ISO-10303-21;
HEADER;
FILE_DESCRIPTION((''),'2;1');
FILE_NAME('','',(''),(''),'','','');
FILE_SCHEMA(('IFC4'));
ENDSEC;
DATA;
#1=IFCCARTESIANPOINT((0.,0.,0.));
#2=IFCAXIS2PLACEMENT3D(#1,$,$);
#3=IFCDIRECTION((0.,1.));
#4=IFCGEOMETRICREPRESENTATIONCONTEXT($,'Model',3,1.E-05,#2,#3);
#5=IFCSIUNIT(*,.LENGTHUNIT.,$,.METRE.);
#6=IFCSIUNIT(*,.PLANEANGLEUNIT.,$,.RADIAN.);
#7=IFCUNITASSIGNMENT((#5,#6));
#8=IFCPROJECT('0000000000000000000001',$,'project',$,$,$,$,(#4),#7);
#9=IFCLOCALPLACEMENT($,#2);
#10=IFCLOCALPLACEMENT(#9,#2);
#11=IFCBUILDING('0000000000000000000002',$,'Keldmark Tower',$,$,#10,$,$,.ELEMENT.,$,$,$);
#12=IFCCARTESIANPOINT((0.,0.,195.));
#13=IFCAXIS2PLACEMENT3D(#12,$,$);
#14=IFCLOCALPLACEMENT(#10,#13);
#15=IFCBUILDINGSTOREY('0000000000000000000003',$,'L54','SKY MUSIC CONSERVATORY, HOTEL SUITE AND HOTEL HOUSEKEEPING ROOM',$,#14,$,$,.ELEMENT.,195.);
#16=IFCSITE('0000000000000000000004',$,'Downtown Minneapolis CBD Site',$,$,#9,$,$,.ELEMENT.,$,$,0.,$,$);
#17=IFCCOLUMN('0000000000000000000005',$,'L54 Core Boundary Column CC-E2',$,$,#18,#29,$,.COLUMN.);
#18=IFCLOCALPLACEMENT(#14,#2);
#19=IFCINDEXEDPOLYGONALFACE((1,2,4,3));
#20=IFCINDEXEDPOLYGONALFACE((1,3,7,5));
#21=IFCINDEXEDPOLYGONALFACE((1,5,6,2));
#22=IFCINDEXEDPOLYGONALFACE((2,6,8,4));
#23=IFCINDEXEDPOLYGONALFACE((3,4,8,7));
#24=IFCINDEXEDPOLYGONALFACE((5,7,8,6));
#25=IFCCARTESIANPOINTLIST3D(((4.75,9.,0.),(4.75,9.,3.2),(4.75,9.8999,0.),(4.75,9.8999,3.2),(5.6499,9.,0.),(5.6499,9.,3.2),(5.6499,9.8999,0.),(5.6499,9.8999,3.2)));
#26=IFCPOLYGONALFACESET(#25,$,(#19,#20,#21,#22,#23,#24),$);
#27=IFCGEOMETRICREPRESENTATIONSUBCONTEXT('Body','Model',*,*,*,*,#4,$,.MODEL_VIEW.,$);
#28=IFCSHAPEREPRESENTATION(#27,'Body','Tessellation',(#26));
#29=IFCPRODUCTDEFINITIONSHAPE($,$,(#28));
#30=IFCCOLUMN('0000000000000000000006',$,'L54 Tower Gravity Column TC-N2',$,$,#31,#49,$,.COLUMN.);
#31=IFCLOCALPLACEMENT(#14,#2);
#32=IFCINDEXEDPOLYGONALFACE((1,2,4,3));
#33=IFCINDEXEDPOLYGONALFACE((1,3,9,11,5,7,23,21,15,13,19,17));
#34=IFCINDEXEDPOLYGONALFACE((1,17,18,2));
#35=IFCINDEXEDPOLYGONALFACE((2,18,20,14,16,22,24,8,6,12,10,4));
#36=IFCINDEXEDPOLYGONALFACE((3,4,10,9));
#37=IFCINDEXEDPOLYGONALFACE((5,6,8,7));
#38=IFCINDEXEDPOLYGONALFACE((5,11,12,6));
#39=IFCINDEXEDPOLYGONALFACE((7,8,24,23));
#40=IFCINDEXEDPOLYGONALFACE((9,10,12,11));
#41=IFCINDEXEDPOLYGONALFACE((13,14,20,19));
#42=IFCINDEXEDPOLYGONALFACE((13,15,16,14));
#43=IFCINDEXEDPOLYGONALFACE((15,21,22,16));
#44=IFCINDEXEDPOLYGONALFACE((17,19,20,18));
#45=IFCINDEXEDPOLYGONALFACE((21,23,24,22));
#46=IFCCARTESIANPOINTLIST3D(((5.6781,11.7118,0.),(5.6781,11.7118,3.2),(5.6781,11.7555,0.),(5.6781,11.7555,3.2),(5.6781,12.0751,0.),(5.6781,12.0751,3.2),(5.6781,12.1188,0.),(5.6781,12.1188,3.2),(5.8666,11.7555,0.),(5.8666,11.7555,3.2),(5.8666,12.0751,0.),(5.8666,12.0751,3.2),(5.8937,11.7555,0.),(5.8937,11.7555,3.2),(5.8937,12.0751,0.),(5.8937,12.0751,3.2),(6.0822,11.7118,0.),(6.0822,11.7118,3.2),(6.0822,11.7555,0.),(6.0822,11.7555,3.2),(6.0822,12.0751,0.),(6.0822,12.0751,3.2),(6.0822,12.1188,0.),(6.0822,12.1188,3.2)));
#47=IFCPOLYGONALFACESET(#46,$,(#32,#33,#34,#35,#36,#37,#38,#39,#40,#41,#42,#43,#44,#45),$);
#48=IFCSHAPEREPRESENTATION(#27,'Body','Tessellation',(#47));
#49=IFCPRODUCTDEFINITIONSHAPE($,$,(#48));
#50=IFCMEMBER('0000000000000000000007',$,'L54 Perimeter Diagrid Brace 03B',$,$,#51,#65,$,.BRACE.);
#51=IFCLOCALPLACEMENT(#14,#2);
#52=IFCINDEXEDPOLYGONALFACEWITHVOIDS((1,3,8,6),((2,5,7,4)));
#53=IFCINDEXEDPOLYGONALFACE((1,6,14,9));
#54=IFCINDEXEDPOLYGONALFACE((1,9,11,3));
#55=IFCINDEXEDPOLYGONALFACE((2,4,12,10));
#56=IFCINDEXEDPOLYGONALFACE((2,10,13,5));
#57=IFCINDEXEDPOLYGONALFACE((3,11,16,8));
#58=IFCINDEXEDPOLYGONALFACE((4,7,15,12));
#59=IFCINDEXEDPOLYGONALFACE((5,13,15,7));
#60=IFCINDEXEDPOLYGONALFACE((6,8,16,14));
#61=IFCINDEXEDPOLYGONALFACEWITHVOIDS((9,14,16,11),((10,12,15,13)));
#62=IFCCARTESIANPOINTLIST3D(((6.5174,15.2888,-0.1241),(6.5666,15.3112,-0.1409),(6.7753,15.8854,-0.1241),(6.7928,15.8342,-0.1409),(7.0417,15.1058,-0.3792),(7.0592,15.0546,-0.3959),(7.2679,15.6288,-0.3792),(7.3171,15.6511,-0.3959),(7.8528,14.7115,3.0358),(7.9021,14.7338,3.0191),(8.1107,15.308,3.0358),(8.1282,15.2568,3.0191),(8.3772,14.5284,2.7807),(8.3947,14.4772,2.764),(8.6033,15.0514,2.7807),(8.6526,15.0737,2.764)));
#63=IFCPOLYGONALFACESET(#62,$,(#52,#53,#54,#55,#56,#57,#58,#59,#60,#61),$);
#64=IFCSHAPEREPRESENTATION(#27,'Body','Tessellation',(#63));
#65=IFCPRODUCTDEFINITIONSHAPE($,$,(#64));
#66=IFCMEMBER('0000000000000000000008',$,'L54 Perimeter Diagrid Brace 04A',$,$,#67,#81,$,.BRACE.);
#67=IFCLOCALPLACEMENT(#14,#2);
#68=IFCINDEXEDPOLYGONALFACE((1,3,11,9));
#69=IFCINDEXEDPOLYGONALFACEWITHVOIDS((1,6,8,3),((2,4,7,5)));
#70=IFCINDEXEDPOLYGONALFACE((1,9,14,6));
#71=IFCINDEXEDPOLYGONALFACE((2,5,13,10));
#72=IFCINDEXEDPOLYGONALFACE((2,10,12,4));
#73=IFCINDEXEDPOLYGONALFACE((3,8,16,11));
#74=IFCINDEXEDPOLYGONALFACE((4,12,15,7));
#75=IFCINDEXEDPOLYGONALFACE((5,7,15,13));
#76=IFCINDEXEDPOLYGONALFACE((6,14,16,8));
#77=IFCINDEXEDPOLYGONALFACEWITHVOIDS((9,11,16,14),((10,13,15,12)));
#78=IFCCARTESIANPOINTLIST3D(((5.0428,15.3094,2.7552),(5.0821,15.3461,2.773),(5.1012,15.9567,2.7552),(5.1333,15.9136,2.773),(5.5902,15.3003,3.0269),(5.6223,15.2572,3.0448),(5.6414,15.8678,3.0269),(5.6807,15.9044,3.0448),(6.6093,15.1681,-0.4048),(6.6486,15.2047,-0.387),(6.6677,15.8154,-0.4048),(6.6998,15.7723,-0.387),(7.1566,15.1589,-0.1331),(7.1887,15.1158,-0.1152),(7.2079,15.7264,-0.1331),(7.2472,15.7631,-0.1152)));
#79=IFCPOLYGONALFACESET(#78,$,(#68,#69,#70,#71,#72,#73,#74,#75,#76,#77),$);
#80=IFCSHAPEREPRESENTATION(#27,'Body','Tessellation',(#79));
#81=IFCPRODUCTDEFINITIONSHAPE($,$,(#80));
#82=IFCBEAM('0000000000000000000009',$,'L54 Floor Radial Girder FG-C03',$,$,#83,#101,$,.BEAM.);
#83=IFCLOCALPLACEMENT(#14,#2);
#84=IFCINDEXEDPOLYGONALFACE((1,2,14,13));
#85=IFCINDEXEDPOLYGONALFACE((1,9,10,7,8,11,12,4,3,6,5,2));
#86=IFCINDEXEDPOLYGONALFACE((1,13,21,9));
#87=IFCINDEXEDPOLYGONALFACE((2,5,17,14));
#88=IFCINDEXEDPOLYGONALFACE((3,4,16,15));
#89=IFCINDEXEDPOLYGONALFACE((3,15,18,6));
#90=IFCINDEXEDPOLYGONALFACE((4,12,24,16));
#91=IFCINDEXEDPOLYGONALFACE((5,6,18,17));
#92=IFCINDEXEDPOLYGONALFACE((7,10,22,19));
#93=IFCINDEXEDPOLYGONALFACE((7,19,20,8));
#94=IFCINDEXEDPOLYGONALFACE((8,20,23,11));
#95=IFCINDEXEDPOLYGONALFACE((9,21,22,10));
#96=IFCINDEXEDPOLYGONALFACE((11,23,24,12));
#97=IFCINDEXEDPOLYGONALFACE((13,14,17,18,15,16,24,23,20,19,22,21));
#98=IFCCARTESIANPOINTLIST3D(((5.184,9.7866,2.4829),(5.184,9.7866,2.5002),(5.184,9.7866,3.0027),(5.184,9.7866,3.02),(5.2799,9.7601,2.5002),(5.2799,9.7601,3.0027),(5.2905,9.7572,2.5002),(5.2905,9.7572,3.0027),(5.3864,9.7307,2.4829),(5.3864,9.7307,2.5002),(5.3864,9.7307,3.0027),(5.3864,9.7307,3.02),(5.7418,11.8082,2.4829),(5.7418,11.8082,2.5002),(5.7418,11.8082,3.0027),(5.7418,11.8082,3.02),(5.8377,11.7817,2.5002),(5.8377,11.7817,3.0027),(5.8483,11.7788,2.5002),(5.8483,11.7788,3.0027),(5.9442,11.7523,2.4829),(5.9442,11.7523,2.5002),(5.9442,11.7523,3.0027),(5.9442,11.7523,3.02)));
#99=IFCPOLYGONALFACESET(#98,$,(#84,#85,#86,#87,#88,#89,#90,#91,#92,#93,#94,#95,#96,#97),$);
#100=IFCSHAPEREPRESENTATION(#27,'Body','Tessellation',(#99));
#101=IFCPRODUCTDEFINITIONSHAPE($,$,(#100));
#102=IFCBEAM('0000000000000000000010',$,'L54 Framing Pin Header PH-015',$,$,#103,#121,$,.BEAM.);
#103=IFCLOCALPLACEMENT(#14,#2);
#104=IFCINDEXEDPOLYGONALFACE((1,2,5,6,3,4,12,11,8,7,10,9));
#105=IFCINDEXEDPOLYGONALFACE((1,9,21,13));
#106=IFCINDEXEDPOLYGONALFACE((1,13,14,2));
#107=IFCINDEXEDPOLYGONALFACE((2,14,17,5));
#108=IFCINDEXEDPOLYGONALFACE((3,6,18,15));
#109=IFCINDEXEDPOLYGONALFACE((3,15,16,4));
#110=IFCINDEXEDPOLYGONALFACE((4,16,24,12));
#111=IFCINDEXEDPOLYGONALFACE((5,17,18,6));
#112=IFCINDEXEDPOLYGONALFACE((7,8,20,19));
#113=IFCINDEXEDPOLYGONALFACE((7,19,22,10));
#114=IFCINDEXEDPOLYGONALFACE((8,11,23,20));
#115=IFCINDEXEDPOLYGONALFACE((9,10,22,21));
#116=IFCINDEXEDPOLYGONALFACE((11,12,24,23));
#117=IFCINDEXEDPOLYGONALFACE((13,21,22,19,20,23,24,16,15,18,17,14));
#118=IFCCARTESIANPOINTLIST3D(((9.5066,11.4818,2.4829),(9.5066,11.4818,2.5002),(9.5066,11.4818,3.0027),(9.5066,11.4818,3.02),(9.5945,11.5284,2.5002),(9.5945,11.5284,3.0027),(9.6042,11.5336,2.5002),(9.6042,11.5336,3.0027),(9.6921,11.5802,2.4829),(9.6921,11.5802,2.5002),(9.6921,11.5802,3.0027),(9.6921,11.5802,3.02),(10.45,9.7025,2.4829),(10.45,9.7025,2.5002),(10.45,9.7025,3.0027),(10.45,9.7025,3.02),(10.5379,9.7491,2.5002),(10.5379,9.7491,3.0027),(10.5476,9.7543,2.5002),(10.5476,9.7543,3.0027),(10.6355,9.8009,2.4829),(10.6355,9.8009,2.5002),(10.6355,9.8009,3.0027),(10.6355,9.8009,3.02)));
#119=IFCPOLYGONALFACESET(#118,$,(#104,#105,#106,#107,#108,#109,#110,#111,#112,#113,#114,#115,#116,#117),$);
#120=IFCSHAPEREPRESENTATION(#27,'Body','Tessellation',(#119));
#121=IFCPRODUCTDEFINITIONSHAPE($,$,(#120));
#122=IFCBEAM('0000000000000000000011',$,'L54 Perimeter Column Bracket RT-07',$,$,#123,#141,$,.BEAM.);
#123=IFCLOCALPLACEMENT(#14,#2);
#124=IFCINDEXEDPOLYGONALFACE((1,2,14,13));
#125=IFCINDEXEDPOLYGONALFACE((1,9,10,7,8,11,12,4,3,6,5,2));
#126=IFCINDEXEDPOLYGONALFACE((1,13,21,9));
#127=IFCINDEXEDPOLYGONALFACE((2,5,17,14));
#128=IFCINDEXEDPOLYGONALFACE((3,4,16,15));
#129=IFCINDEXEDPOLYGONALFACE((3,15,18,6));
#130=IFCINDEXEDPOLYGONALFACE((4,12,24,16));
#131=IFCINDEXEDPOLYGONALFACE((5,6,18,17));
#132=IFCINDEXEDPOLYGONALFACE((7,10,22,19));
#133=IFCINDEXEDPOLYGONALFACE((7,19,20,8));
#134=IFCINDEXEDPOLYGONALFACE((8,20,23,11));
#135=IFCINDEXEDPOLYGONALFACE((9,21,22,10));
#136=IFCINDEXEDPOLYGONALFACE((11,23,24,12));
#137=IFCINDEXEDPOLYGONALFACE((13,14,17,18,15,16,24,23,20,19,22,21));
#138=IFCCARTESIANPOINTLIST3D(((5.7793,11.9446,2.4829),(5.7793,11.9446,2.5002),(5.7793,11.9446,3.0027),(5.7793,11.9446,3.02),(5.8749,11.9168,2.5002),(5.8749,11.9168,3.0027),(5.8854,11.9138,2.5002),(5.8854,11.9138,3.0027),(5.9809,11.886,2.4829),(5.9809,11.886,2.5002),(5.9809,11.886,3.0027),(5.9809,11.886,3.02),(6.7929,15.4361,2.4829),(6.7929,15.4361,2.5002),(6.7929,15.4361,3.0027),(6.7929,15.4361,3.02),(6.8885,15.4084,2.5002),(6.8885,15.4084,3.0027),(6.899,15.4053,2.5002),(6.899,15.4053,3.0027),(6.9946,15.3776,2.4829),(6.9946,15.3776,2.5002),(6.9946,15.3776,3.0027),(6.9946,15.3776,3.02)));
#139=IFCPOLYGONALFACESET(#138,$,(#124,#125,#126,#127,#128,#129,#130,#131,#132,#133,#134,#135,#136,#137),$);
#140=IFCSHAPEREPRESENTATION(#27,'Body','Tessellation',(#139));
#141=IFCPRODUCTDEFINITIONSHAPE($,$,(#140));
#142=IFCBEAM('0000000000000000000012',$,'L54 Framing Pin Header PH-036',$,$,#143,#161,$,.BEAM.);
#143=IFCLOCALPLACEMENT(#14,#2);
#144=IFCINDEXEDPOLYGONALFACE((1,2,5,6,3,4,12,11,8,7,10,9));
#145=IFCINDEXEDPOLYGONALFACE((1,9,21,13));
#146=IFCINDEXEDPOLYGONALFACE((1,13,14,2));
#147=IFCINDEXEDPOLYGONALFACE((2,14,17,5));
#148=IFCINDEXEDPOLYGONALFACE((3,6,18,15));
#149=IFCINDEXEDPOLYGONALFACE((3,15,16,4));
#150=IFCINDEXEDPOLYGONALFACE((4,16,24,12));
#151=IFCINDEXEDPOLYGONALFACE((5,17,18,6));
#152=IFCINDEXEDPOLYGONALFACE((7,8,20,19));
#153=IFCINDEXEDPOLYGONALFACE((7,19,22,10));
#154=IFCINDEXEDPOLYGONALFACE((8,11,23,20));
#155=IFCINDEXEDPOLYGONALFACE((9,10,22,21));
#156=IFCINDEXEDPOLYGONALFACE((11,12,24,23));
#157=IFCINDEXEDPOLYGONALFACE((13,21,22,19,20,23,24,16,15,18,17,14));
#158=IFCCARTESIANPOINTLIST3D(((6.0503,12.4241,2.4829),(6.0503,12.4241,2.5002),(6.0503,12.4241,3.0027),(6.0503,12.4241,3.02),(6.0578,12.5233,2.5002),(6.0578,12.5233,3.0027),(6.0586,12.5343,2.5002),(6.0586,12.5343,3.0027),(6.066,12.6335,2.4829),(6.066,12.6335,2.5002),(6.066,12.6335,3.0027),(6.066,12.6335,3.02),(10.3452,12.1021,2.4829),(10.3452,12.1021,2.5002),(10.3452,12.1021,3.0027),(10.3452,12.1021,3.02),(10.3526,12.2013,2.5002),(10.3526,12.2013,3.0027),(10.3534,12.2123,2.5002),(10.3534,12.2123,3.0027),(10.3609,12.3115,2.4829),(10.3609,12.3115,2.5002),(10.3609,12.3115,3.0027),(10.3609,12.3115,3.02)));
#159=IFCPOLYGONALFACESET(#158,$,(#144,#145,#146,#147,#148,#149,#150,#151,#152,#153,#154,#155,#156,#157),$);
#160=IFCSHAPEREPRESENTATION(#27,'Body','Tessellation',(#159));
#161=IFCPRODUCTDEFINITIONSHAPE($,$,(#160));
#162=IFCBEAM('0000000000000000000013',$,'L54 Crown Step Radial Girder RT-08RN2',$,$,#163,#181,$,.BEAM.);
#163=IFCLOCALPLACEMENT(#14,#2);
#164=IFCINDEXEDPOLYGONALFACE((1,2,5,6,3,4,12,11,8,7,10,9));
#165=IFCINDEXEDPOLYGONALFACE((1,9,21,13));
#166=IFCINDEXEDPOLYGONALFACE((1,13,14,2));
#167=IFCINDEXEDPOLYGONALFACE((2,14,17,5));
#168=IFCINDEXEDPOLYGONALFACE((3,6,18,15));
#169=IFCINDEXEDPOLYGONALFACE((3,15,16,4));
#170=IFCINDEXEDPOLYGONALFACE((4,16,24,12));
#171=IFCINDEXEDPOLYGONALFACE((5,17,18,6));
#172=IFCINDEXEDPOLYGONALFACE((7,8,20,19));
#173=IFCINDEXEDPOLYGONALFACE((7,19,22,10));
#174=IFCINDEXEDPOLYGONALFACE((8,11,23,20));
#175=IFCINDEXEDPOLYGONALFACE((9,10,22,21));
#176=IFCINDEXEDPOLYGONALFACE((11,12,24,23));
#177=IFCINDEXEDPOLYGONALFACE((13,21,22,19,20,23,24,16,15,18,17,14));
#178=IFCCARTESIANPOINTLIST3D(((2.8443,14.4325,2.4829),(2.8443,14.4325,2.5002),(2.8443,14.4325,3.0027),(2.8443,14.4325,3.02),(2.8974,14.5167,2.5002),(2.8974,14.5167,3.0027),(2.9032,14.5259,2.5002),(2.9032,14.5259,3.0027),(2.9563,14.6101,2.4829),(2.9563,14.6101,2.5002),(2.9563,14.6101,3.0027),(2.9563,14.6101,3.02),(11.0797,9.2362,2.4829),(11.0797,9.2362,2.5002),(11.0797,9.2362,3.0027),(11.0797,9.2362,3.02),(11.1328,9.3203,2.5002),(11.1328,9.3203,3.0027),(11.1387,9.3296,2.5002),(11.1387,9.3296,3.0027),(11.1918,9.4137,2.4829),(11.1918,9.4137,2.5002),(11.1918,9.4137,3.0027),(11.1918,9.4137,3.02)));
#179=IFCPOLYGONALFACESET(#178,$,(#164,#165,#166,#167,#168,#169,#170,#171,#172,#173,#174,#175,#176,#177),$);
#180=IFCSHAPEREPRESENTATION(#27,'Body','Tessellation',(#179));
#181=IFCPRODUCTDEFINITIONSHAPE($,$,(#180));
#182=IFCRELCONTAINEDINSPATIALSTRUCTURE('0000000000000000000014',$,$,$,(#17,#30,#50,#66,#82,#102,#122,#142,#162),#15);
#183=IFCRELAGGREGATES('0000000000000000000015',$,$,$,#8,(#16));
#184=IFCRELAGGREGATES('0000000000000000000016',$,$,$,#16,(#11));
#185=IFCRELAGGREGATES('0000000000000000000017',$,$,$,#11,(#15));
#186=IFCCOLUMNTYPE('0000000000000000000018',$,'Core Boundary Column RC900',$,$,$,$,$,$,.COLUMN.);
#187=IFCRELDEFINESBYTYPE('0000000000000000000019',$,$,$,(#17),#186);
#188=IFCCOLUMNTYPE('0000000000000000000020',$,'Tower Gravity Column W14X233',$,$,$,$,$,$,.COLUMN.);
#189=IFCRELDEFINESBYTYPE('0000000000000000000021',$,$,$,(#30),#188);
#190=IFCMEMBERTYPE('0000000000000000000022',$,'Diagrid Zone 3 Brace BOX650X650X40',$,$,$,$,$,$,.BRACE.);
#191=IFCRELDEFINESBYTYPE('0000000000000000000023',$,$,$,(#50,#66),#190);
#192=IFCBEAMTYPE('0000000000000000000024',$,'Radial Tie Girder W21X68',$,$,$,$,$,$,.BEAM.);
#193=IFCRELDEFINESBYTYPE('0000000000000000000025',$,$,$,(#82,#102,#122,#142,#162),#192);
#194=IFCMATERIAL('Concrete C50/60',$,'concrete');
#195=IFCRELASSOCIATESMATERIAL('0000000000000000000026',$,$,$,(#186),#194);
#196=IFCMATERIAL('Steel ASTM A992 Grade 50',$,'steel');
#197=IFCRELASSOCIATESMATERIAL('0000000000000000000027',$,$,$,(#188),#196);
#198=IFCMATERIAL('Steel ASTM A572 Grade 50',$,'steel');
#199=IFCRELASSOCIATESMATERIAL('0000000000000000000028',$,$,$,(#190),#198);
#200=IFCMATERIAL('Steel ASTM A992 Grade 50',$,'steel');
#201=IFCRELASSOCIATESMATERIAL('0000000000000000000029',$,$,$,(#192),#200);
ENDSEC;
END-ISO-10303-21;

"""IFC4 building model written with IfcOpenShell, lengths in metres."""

from ifc_helpers import new_model, si_unit, direction, frame, origin, origin_2d, place, context, subcontext, project, spatial, rectangle, hollow_rectangle, i_section, extrude, material, material_profile, profile_set, type_object, element, save


model = new_model("IFC4")

# Units and contexts
model_context = context("Model", 3, precision=1e-05, world=origin(), true_north=direction((0.0, 1.0)))
body_context = subcontext(model_context, "Body", "Model", "MODEL_VIEW")
ifc_project = project(units=[si_unit("LENGTHUNIT", "METRE"), si_unit("PLANEANGLEUNIT", "RADIAN")], contexts=[model_context])

# Site, building, storey
site_placement = place(None, origin())
site = spatial("IfcSite", under=ifc_project, at=site_placement, Name="Downtown Minneapolis CBD Site", CompositionType="ELEMENT", RefElevation=0.0)
building_placement = place(site_placement, origin())
building = spatial("IfcBuilding", under=site, at=building_placement, Name="Keldmark Tower", CompositionType="ELEMENT")
storey_placement = place(building_placement, frame((0.0, 0.0, 195.0)))
storey = spatial("IfcBuildingStorey", under=building, at=storey_placement, Name="L54", Description="SKY MUSIC CONSERVATORY, HOTEL SUITE AND HOTEL HOUSEKEEPING ROOM", CompositionType="ELEMENT", Elevation=195.0)

# Columns
ifc_material_1 = material(Name="Concrete C50/60", Category="concrete")
ifc_material_profile_1 = material_profile(ifc_material_1, rectangle(XDim=0.8999, YDim=0.8999, at=origin_2d()), Name="RC900X900")
ifc_profile_set_1 = profile_set([ifc_material_profile_1], Name="Concrete C50/60")
column_type_1 = type_object("IfcColumnType", Name="Core Boundary Column RC900", PredefinedType="COLUMN", material=ifc_profile_set_1)
column_1_placement = place(storey_placement, frame((5.2, 9.45, 0.0), z_axis=(0.0, 0.0, 1.0), x_axis=(1.0, 0.0, 0.0)))
element("IfcColumn", 1, at=column_1_placement, inside=storey, type_object=column_type_1, Name="L54 Core Boundary Column CC-E2", PredefinedType="COLUMN", context=body_context, shape_type="SweptSolid", body=[
    extrude(rectangle(XDim=0.8999, YDim=0.8999, at=origin_2d()), origin(), (0.0, 0.0, 1.0), 3.2),
])
ifc_material_2 = material(Name="Steel ASTM A992 Grade 50", Category="steel")
ifc_material_profile_2 = material_profile(ifc_material_2, i_section(OverallWidth=0.4041, OverallDepth=0.407, WebThickness=0.0271, FlangeThickness=0.0437, at=origin_2d()), Name="W14X233")
ifc_profile_set_2 = profile_set([ifc_material_profile_2], Name="Steel ASTM A992 Grade 50")
column_type_2 = type_object("IfcColumnType", Name="Tower Gravity Column W14X233", PredefinedType="COLUMN", material=ifc_profile_set_2)
column_2_placement = place(storey_placement, frame((5.8801, 11.9153, 0.0), z_axis=(0.0, 0.0, 1.0), x_axis=(1.0, 0.0, 0.0)))
element("IfcColumn", 2, at=column_2_placement, inside=storey, type_object=column_type_2, Name="L54 Tower Gravity Column TC-N2", PredefinedType="COLUMN", context=body_context, shape_type="SweptSolid", body=[
    extrude(i_section(OverallWidth=0.4041, OverallDepth=0.407, WebThickness=0.0271, FlangeThickness=0.0437, at=origin_2d()), origin(), (0.0, 0.0, 1.0), 3.2),
])

# Members
ifc_material_3 = material(Name="Steel ASTM A572 Grade 50", Category="steel")
ifc_material_profile_3 = material_profile(ifc_material_3, hollow_rectangle(XDim=0.6499, YDim=0.6499, WallThickness=0.04, at=origin_2d()), Name="BOX650X650X40")
ifc_profile_set_3 = profile_set([ifc_material_profile_3], Name="Steel ASTM A572 Grade 50")
member_type = type_object("IfcMemberType", Name="Diagrid Zone 3 Brace BOX650X650X40", PredefinedType="BRACE", material=ifc_profile_set_3)
member_1_placement = place(storey_placement, frame((6.9172, 15.47, -0.26), z_axis=(0.383885, -0.165976, 0.908341), x_axis=(0.396854, 0.917882, 0.0)))
element("IfcMember", 3, at=member_1_placement, inside=storey, type_object=member_type, Name="L54 Perimeter Diagrid Brace 03B", PredefinedType="BRACE", context=body_context, shape_type="SweptSolid", body=[
    extrude(hollow_rectangle(XDim=0.6499, YDim=0.6499, WallThickness=0.04, at=origin_2d()), origin(), (0.0, 0.0, 1.0), 3.4788),
])
member_2_placement = place(storey_placement, frame((6.9282, 15.4656, -0.26), z_axis=(-0.443781, 0.040048, 0.89524), x_axis=(-0.089878, -0.995953, 0.0)))
element("IfcMember", 4, at=member_2_placement, inside=storey, type_object=member_type, Name="L54 Perimeter Diagrid Brace 04A", PredefinedType="BRACE", context=body_context, shape_type="SweptSolid", body=[
    extrude(hollow_rectangle(XDim=0.6499, YDim=0.6499, WallThickness=0.04, at=origin_2d()), origin(), (0.0, 0.0, 1.0), 3.5298),
])

# Beams
ifc_material_4 = material(Name="Steel ASTM A992 Grade 50", Category="steel")
ifc_material_profile_4 = material_profile(ifc_material_4, i_section(OverallWidth=0.21, OverallDepth=0.5371, WebThickness=0.011, FlangeThickness=0.0173, at=origin_2d()), Name="W21X68")
ifc_profile_set_4 = profile_set([ifc_material_profile_4], Name="Steel ASTM A992 Grade 50")
beam_type_1 = type_object("IfcBeamType", Name="Radial Tie Girder W21X68", PredefinedType="BEAM", material=ifc_profile_set_4)
beam_1_placement = place(storey_placement, frame((5.843, 11.7803, 2.7515), z_axis=(-0.265992, -0.963975, 0.0), x_axis=(0.963975, -0.265992, 0.0)))
element("IfcBeam", 5, at=beam_1_placement, inside=storey, type_object=beam_type_1, Name="L54 Floor Radial Girder FG-C03", PredefinedType="BEAM", context=body_context, shape_type="SweptSolid", body=[
    extrude(i_section(OverallWidth=0.21, OverallDepth=0.5371, WebThickness=0.011, FlangeThickness=0.0173, at=origin_2d()), origin(), (0.0, 0.0, 1.0), 2.0972),
])
beam_2_placement = place(storey_placement, frame((10.5427, 9.7517, 2.7515), z_axis=(-0.468422, 0.883505, 0.0), x_axis=(-0.883505, -0.468422, 0.0)))
element("IfcBeam", 6, at=beam_2_placement, inside=storey, type_object=beam_type_1, Name="L54 Framing Pin Header PH-015", PredefinedType="BEAM", context=body_context, shape_type="SweptSolid", body=[
    extrude(i_section(OverallWidth=0.21, OverallDepth=0.5371, WebThickness=0.011, FlangeThickness=0.0173, at=origin_2d()), origin(), (0.0, 0.0, 1.0), 2.0139),
])
beam_3_placement = place(storey_placement, frame((5.8801, 11.9153, 2.7515), z_axis=(0.278798, 0.96035, 0.0), x_axis=(-0.96035, 0.278798, 0.0)))
element("IfcBeam", 7, at=beam_3_placement, inside=storey, type_object=beam_type_1, Name="L54 Perimeter Column Bracket RT-07", PredefinedType="BEAM", context=body_context, shape_type="SweptSolid", body=[
    extrude(i_section(OverallWidth=0.21, OverallDepth=0.5371, WebThickness=0.011, FlangeThickness=0.0173, at=origin_2d()), origin(), (0.0, 0.0, 1.0), 3.6357),
])
beam_4_placement = place(storey_placement, frame((10.353, 12.2068, 2.7515), z_axis=(-0.997201, 0.074767, 0.0), x_axis=(-0.074767, -0.997201, 0.0)))
element("IfcBeam", 8, at=beam_4_placement, inside=storey, type_object=beam_type_1, Name="L54 Framing Pin Header PH-036", PredefinedType="BEAM", context=body_context, shape_type="SweptSolid", body=[
    extrude(i_section(OverallWidth=0.21, OverallDepth=0.5371, WebThickness=0.011, FlangeThickness=0.0173, at=origin_2d()), origin(), (0.0, 0.0, 1.0), 4.3069),
])
beam_5_placement = place(storey_placement, frame((11.1357, 9.325, 2.7515), z_axis=(-0.84572, 0.533627, 0.0), x_axis=(-0.533627, -0.84572, 0.0)))
element("IfcBeam", 9, at=beam_5_placement, inside=storey, type_object=beam_type_1, Name="L54 Crown Step Radial Girder RT-08RN2", PredefinedType="BEAM", context=body_context, shape_type="SweptSolid", body=[
    extrude(i_section(OverallWidth=0.21, OverallDepth=0.5371, WebThickness=0.011, FlangeThickness=0.0173, at=origin_2d()), origin(), (0.0, 0.0, 1.0), 9.7378),
])

save(model, "model.ifc")
